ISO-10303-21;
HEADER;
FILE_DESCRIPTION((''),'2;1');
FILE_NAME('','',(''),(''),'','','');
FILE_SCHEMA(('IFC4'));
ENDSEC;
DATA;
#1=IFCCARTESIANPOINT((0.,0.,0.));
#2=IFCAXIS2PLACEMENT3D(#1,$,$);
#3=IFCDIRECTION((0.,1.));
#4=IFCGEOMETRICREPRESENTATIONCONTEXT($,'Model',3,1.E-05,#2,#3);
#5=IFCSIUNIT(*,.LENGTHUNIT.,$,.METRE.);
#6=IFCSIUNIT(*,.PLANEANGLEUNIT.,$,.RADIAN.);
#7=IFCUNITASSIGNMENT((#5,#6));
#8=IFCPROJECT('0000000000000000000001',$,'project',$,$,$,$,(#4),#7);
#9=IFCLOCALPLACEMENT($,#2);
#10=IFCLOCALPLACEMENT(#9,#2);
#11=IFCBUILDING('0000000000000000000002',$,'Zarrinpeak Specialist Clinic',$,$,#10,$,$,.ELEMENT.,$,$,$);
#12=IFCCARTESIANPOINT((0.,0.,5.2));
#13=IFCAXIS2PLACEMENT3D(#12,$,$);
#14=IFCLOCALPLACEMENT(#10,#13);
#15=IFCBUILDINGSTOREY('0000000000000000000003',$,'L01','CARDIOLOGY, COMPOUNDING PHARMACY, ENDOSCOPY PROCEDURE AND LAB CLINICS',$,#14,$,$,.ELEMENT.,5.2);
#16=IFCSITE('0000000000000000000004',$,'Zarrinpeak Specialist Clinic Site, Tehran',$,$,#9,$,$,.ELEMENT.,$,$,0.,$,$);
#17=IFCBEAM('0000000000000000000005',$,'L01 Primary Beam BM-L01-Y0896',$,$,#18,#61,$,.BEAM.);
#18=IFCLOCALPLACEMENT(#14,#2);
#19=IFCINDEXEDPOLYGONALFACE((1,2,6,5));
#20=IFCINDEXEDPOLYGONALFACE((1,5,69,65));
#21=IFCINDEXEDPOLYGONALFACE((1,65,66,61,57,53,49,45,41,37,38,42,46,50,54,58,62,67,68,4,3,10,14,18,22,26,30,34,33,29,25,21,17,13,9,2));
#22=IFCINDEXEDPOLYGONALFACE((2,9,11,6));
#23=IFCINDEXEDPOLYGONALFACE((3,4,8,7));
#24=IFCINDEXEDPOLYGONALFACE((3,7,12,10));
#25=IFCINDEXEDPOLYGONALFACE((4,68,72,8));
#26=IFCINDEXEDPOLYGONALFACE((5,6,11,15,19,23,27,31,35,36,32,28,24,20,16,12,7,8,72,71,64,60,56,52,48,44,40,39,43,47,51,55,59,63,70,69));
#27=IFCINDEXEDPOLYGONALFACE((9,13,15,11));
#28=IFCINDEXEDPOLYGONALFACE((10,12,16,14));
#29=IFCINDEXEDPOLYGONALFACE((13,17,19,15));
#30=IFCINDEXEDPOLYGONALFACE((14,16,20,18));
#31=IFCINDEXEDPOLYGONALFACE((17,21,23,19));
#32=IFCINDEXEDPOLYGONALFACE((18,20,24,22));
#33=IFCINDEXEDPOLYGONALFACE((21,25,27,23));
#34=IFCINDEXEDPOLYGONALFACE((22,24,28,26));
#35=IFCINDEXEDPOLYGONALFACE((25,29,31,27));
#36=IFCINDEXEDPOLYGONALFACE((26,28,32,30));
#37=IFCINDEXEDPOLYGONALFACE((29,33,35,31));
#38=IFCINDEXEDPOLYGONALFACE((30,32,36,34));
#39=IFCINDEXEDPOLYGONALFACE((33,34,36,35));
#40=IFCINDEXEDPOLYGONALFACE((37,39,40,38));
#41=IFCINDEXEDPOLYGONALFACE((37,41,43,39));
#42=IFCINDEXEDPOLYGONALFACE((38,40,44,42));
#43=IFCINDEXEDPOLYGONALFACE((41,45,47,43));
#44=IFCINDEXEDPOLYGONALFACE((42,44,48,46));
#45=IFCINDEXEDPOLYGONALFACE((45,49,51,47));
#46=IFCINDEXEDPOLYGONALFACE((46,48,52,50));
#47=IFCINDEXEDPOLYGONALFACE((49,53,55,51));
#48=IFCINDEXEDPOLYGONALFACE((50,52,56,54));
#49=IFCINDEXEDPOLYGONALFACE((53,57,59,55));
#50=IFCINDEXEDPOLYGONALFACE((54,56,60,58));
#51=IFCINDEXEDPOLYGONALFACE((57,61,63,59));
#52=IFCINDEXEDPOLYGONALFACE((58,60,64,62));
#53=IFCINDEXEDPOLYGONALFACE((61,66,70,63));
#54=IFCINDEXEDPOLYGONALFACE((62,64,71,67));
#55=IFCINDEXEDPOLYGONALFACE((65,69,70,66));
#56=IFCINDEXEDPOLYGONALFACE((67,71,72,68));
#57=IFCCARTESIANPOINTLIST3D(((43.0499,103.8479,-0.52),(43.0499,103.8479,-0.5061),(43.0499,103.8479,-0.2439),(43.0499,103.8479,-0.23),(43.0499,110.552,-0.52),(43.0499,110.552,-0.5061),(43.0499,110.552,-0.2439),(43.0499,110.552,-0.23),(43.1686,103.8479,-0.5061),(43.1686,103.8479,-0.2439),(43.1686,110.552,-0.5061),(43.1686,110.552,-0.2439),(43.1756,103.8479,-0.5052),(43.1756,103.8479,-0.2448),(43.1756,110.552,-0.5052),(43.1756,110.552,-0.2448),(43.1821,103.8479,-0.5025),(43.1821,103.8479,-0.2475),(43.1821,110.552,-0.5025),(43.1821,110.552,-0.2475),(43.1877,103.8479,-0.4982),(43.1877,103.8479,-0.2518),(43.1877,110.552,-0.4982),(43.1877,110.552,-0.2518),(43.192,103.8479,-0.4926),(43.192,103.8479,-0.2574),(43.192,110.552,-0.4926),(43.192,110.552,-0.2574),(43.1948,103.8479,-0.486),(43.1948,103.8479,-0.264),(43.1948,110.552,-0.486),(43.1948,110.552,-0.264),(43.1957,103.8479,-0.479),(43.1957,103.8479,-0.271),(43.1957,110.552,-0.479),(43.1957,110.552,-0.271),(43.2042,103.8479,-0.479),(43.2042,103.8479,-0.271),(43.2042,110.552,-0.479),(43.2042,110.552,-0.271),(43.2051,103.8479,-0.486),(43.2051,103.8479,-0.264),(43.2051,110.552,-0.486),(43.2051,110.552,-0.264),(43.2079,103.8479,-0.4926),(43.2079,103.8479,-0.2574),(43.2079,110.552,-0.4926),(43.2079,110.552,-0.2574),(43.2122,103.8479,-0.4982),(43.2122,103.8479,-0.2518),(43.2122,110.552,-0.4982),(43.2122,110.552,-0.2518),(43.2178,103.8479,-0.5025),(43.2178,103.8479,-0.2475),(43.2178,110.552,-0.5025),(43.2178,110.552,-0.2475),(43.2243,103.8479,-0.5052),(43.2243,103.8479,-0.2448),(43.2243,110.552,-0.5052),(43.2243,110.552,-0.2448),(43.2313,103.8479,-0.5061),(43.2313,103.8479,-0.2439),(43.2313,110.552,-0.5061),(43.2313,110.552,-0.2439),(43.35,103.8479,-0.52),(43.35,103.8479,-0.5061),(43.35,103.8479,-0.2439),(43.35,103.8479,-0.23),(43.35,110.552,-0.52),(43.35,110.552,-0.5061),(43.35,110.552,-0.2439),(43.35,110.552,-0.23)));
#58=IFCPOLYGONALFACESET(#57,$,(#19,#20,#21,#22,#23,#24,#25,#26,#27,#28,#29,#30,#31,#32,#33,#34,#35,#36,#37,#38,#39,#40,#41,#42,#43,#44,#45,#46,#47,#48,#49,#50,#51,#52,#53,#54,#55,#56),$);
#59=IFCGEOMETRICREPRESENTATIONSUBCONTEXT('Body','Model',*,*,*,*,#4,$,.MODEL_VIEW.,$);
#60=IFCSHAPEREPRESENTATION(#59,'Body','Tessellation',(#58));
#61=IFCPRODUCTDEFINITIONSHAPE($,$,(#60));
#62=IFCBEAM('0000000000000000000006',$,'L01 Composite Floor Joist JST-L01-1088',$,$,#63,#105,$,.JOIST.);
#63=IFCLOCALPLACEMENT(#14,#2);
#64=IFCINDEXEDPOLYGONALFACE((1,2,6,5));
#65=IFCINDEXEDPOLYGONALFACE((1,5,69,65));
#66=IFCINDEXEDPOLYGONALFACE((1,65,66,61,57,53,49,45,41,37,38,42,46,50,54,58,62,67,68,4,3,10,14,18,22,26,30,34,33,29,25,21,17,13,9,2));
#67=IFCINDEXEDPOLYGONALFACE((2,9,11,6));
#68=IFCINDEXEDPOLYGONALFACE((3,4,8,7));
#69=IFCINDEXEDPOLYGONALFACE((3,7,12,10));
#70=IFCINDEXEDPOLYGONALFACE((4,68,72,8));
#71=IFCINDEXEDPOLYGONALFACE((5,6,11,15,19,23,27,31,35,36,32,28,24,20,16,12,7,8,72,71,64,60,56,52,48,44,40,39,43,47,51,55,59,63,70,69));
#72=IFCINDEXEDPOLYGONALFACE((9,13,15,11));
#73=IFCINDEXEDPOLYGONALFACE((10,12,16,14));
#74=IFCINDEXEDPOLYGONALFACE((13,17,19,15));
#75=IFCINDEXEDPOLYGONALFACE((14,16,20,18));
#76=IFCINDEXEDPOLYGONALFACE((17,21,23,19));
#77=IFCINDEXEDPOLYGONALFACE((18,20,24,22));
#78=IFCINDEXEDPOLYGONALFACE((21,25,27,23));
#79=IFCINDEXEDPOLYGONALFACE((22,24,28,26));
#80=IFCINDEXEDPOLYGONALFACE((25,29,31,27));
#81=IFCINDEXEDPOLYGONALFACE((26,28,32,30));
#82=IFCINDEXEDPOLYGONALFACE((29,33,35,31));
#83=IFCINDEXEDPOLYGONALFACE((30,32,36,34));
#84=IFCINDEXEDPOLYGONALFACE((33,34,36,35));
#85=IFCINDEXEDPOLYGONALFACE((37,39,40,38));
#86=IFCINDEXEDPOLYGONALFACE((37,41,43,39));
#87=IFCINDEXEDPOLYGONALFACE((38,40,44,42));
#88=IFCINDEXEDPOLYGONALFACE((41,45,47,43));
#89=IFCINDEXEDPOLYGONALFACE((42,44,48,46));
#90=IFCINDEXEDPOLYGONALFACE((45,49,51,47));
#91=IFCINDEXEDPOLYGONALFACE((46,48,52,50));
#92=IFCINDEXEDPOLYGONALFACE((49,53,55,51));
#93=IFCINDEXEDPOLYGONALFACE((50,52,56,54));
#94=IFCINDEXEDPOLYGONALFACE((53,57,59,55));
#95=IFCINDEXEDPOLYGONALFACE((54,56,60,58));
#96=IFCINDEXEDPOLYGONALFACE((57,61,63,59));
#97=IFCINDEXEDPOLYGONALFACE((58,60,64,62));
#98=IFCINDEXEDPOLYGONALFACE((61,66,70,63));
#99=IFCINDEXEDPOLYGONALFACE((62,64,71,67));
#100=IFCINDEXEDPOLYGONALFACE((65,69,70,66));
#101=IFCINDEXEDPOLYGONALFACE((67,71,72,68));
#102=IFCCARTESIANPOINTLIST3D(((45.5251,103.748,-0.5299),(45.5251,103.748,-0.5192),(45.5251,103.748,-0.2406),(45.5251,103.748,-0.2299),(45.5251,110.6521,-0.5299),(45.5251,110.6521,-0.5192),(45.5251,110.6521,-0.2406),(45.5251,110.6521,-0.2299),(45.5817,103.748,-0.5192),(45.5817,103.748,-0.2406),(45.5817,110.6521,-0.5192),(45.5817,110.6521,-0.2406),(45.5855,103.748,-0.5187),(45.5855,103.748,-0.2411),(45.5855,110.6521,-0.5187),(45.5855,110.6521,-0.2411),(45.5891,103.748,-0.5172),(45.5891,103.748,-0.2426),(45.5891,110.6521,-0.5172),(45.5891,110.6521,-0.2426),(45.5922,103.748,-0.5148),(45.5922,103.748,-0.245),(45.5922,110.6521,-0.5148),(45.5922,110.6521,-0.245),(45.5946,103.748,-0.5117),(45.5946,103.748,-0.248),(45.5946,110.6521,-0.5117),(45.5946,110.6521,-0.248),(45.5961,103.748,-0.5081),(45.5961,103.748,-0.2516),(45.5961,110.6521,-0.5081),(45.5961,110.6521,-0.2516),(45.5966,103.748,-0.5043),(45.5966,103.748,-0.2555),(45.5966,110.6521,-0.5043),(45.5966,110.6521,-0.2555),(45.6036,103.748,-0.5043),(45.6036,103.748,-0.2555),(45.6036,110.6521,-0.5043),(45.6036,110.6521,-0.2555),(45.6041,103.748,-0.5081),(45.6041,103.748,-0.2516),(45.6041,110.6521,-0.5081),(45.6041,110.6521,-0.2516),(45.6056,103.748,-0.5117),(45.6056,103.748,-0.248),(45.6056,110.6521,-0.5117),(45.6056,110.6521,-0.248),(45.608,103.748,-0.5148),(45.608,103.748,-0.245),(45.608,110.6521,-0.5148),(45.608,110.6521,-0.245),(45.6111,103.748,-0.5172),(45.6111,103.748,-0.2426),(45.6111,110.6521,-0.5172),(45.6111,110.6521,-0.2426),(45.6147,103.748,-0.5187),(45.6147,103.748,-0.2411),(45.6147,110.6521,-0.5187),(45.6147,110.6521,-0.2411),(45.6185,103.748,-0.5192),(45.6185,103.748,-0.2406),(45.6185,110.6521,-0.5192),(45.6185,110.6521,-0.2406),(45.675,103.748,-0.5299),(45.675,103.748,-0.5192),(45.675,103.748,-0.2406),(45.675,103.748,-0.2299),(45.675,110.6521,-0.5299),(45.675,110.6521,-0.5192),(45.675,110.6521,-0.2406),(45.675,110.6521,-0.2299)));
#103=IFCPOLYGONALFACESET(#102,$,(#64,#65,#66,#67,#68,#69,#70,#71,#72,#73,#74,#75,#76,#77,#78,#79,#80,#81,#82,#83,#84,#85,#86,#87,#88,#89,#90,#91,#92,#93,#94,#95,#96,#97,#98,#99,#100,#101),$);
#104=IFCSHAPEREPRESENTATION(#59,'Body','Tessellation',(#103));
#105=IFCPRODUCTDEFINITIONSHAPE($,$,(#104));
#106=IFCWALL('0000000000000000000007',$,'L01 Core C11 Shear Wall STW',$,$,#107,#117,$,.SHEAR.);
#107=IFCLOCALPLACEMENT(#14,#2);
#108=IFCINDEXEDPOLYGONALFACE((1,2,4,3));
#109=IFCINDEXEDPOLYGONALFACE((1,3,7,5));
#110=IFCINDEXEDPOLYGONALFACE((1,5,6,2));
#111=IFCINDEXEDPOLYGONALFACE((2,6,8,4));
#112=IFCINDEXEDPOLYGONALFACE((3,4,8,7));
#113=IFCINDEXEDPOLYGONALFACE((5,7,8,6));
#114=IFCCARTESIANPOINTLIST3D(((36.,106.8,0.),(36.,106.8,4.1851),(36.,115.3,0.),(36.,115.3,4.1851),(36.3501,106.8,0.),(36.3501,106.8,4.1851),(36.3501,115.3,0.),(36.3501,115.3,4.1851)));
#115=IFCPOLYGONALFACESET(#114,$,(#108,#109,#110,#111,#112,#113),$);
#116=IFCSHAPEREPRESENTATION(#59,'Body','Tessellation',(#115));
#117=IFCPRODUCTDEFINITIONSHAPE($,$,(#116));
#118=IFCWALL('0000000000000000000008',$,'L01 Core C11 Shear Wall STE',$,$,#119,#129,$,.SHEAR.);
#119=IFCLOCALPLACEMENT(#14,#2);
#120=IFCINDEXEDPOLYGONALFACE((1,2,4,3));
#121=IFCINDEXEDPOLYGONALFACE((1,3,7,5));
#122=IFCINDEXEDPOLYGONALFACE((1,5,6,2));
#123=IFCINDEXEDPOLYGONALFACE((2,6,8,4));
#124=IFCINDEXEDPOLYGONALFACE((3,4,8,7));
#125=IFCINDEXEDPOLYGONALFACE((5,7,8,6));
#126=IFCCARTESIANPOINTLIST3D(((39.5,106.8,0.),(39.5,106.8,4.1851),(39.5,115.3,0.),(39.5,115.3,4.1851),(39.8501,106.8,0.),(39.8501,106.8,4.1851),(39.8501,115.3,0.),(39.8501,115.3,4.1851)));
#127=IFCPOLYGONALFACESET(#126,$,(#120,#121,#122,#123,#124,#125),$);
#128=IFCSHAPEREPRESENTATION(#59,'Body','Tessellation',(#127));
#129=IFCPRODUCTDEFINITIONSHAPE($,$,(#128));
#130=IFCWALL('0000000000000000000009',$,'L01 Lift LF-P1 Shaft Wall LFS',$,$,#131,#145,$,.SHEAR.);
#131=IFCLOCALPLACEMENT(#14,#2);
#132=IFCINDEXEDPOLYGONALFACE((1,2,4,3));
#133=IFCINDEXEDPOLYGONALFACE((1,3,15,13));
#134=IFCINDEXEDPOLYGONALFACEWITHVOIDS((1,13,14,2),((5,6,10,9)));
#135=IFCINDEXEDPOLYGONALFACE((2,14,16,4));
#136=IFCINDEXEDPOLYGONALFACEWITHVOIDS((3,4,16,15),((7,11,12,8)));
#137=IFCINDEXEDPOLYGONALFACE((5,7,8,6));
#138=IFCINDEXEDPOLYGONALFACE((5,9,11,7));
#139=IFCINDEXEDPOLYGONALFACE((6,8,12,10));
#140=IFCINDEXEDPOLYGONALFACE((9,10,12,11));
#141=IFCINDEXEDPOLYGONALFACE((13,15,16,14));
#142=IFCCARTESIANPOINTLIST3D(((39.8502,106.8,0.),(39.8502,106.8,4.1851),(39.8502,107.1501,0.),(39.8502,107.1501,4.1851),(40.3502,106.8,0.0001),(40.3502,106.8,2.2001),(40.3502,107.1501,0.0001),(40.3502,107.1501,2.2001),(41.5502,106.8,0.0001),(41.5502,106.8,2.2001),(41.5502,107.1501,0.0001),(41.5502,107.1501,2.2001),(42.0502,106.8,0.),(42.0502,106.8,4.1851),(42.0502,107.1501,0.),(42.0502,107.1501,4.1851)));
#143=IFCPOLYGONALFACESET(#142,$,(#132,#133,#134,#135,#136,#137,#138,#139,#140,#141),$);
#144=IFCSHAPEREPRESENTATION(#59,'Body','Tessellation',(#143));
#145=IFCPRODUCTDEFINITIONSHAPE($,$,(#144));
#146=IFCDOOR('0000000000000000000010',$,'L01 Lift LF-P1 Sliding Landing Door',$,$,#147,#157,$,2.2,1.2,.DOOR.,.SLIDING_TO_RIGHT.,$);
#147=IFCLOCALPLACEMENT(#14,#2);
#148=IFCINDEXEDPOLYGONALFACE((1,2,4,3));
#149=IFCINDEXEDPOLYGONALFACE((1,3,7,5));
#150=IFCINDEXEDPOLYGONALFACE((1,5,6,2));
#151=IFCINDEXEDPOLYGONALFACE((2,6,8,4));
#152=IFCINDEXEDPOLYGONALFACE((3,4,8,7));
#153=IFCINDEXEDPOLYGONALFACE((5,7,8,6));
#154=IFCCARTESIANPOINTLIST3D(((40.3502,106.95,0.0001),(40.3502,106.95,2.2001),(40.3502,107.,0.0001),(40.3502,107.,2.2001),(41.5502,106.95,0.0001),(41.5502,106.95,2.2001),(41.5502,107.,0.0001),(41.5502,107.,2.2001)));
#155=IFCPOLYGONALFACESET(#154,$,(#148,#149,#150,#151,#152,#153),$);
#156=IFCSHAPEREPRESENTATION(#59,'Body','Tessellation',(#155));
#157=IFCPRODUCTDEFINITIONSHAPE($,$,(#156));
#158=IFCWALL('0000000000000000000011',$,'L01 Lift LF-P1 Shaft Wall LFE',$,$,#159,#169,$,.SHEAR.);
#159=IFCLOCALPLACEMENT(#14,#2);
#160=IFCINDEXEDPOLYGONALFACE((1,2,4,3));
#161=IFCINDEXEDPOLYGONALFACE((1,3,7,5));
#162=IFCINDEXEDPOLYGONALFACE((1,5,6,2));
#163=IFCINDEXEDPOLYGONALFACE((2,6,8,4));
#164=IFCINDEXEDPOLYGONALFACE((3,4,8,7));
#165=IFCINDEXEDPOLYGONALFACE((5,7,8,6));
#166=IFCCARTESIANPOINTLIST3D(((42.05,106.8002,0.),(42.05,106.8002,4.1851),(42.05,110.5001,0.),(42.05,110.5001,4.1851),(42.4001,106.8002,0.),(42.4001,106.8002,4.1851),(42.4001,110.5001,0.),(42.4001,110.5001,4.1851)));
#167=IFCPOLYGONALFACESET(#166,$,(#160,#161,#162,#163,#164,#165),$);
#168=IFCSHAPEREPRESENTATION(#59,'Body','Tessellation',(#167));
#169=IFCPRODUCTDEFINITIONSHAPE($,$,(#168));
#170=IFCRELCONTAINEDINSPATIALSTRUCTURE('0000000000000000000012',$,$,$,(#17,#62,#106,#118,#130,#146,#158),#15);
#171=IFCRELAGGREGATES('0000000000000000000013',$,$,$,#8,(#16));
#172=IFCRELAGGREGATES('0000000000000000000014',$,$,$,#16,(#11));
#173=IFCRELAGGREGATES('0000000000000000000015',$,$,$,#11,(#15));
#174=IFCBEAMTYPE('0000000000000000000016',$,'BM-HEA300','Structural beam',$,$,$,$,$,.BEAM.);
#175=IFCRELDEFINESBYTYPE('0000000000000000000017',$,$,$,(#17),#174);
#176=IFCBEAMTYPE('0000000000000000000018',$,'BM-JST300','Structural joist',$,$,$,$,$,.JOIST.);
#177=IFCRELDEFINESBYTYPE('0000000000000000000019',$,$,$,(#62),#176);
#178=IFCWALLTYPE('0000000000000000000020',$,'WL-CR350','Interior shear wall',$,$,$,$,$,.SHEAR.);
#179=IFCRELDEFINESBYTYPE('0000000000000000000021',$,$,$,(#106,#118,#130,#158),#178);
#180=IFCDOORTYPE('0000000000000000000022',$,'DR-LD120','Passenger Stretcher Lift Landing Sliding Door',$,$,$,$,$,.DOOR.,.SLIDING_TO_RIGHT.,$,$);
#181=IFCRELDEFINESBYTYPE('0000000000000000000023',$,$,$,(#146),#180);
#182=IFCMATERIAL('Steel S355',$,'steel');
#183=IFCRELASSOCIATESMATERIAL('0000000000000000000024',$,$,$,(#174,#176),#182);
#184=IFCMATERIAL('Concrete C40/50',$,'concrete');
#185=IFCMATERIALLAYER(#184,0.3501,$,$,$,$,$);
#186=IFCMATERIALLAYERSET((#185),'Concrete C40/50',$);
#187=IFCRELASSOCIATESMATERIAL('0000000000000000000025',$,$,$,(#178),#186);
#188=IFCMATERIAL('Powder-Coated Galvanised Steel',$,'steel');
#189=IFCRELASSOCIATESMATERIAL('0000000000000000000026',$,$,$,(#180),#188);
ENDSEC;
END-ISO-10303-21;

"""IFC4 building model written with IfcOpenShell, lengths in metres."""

from ifc_helpers import new_model, si_unit, direction, frame, frame_2d, origin, origin_2d, place, context, subcontext, project, spatial, rectangle, i_section, extrude, material, layer, layer_set, material_profile, profile_set, type_object, element, fill, save


model = new_model("IFC4")

# Units and contexts
model_context = context("Model", 3, precision=1e-05, world=origin(), true_north=direction((0.0, 1.0)))
body_context = subcontext(model_context, "Body", "Model", "MODEL_VIEW")
ifc_project = project(units=[si_unit("LENGTHUNIT", "METRE"), si_unit("PLANEANGLEUNIT", "RADIAN")], contexts=[model_context])

# Site, building, storey
site_placement = place(None, origin())
site = spatial("IfcSite", under=ifc_project, at=site_placement, Name="Zarrinpeak Specialist Clinic Site, Tehran", CompositionType="ELEMENT", RefElevation=0.0)
building_placement = place(site_placement, origin())
building = spatial("IfcBuilding", under=site, at=building_placement, Name="Zarrinpeak Specialist Clinic", CompositionType="ELEMENT")
storey_placement = place(building_placement, frame((0.0, 0.0, 5.2)))
storey = spatial("IfcBuildingStorey", under=building, at=storey_placement, Name="L01", Description="CARDIOLOGY, COMPOUNDING PHARMACY, ENDOSCOPY PROCEDURE AND LAB CLINICS", CompositionType="ELEMENT", Elevation=5.2)

# Shared definitions
ifc_material_1 = material(Name="Steel S355", Category="steel")

# Beams
ifc_material_profile_1 = material_profile(ifc_material_1, i_section(OverallWidth=0.3, OverallDepth=0.29, WebThickness=0.0085, FlangeThickness=0.0139, FilletRadius=0.0271, at=origin_2d()), Name="HEA 300")
ifc_profile_set_1 = profile_set([ifc_material_profile_1], Name="Steel S355")
beam_type_1 = type_object("IfcBeamType", Name="BM-HEA300", Description="Structural beam", PredefinedType="BEAM", material=ifc_profile_set_1)
beam_1_placement = place(storey_placement, frame((43.2, 103.8479, -0.375), z_axis=(0.0, 1.0, 0.0), x_axis=(-1.0, 0.0, 0.0)))
element("IfcBeam", 1, at=beam_1_placement, inside=storey, type_object=beam_type_1, Name="L01 Primary Beam BM-L01-Y0896", PredefinedType="BEAM", context=body_context, shape_type="SweptSolid", body=[
    extrude(i_section(OverallWidth=0.3, OverallDepth=0.29, WebThickness=0.0085, FlangeThickness=0.0139, FilletRadius=0.0271, at=origin_2d()), origin(), (0.0, 0.0, 1.0), 6.7041),
])
ifc_material_profile_2 = material_profile(ifc_material_1, i_section(OverallWidth=0.1499, OverallDepth=0.3, WebThickness=0.0071, FlangeThickness=0.0107, FilletRadius=0.0149, at=origin_2d()), Name="IPE 300")
ifc_profile_set_2 = profile_set([ifc_material_profile_2], Name="Steel S355")
beam_type_2 = type_object("IfcBeamType", Name="BM-JST300", Description="Structural joist", PredefinedType="JOIST", material=ifc_profile_set_2)
beam_2_placement = place(storey_placement, frame((45.6001, 103.748, -0.3799), z_axis=(0.0, 1.0, 0.0), x_axis=(-1.0, 0.0, 0.0)))
element("IfcBeam", 2, at=beam_2_placement, inside=storey, type_object=beam_type_2, Name="L01 Composite Floor Joist JST-L01-1088", PredefinedType="JOIST", context=body_context, shape_type="SweptSolid", body=[
    extrude(i_section(OverallWidth=0.1499, OverallDepth=0.3, WebThickness=0.0071, FlangeThickness=0.0107, FilletRadius=0.0149, at=origin_2d()), origin(), (0.0, 0.0, 1.0), 6.9041),
])

# Shared definitions
ifc_material_2 = material(Name="Concrete C40/50", Category="concrete")
ifc_layer_1 = layer(ifc_material_2, 0.3501)
ifc_layer_set_1 = layer_set([ifc_layer_1], Name="Concrete C40/50")
wall_type_1 = type_object("IfcWallType", Name="WL-CR350", Description="Interior shear wall", PredefinedType="SHEAR", material=ifc_layer_set_1)
ifc_material_3 = material(Name="Powder-Coated Galvanised Steel", Category="steel")

# Walls
for number, where, z_axis, x_axis, name in (
    (3, (36.175, 106.8, 0.0), (0.0, 0.0, 1.0), (0.0, 1.0, 0.0), "L01 Core C11 Shear Wall STW"),
    (4, (39.675, 106.8, 0.0), (0.0, 0.0, 1.0), (0.0, 1.0, 0.0), "L01 Core C11 Shear Wall STE"),
):
    element("IfcWall", number, at=place(storey_placement, frame(where, z_axis=z_axis, x_axis=x_axis)), inside=storey, type_object=wall_type_1, Name=name, PredefinedType="SHEAR", context=body_context, shape_type="SweptSolid", body=[
        extrude(rectangle(XDim=8.5, YDim=0.3501, at=frame_2d((4.25, 0.0))), origin(), (0.0, 0.0, 1.0), 4.1851),
    ])

# Wall, opening, door
wall_1_placement = place(storey_placement, frame((39.8501, 106.9751, 0.0), z_axis=(0.0, 0.0, 1.0), x_axis=(1.0, 0.0, 0.0)))
wall_1 = element("IfcWall", 5, at=wall_1_placement, inside=storey, type_object=wall_type_1, Name="L01 Lift LF-P1 Shaft Wall LFS", PredefinedType="SHEAR", context=body_context, shape_type="SweptSolid", body=[
    extrude(rectangle(XDim=2.2, YDim=0.3501, at=frame_2d((1.1001, 0.0))), origin(), (0.0, 0.0, 1.0), 4.1851),
])
opening_1_placement = place(wall_1_placement, frame((0.5, 0.0, 0.0)))
opening_1 = element("IfcOpeningElement", 6, at=opening_1_placement, cuts=wall_1, PredefinedType="OPENING", context=body_context, shape_type="SweptSolid", body=[
    extrude(rectangle(XDim=1.2, YDim=2.2, at=frame_2d((0.6001, 1.1001))), frame((0.0, 0.1851, 0.0), z_axis=(0.0, -1.0, 0.0), x_axis=(1.0, 0.0, 0.0)), (0.0, 0.0, 1.0), 0.3701),
])
door_type_1 = type_object("IfcDoorType", Name="DR-LD120", Description="Passenger Stretcher Lift Landing Sliding Door", OperationType="SLIDING_TO_RIGHT", PredefinedType="DOOR", material=ifc_material_3)
door_1_placement = place(opening_1_placement, origin())
door_1 = element("IfcDoor", 7, at=door_1_placement, inside=storey, type_object=door_type_1, Name="L01 Lift LF-P1 Sliding Landing Door", OperationType="SLIDING_TO_RIGHT", OverallHeight=2.2, OverallWidth=1.2, PredefinedType="DOOR", context=body_context, shape_type="SweptSolid", body=[
    extrude(rectangle(XDim=1.2, YDim=2.2, at=frame_2d((0.6001, 1.1001))), frame((0.0, 0.0249, 0.0), z_axis=(0.0, -1.0, 0.0), x_axis=(1.0, 0.0, 0.0)), (0.0, 0.0, 1.0), 0.05),
])
fill(opening_1, door_1)

# Wall
wall_2_placement = place(storey_placement, frame((42.2251, 106.8, 0.0), z_axis=(0.0, 0.0, 1.0), x_axis=(0.0, 1.0, 0.0)))
element("IfcWall", 8, at=wall_2_placement, inside=storey, type_object=wall_type_1, Name="L01 Lift LF-P1 Shaft Wall LFE", PredefinedType="SHEAR", context=body_context, shape_type="SweptSolid", body=[
    extrude(rectangle(XDim=3.7, YDim=0.3501, at=frame_2d((1.8501, 0.0))), origin(), (0.0, 0.0, 1.0), 4.1851),
])

save(model, "model.ifc")
